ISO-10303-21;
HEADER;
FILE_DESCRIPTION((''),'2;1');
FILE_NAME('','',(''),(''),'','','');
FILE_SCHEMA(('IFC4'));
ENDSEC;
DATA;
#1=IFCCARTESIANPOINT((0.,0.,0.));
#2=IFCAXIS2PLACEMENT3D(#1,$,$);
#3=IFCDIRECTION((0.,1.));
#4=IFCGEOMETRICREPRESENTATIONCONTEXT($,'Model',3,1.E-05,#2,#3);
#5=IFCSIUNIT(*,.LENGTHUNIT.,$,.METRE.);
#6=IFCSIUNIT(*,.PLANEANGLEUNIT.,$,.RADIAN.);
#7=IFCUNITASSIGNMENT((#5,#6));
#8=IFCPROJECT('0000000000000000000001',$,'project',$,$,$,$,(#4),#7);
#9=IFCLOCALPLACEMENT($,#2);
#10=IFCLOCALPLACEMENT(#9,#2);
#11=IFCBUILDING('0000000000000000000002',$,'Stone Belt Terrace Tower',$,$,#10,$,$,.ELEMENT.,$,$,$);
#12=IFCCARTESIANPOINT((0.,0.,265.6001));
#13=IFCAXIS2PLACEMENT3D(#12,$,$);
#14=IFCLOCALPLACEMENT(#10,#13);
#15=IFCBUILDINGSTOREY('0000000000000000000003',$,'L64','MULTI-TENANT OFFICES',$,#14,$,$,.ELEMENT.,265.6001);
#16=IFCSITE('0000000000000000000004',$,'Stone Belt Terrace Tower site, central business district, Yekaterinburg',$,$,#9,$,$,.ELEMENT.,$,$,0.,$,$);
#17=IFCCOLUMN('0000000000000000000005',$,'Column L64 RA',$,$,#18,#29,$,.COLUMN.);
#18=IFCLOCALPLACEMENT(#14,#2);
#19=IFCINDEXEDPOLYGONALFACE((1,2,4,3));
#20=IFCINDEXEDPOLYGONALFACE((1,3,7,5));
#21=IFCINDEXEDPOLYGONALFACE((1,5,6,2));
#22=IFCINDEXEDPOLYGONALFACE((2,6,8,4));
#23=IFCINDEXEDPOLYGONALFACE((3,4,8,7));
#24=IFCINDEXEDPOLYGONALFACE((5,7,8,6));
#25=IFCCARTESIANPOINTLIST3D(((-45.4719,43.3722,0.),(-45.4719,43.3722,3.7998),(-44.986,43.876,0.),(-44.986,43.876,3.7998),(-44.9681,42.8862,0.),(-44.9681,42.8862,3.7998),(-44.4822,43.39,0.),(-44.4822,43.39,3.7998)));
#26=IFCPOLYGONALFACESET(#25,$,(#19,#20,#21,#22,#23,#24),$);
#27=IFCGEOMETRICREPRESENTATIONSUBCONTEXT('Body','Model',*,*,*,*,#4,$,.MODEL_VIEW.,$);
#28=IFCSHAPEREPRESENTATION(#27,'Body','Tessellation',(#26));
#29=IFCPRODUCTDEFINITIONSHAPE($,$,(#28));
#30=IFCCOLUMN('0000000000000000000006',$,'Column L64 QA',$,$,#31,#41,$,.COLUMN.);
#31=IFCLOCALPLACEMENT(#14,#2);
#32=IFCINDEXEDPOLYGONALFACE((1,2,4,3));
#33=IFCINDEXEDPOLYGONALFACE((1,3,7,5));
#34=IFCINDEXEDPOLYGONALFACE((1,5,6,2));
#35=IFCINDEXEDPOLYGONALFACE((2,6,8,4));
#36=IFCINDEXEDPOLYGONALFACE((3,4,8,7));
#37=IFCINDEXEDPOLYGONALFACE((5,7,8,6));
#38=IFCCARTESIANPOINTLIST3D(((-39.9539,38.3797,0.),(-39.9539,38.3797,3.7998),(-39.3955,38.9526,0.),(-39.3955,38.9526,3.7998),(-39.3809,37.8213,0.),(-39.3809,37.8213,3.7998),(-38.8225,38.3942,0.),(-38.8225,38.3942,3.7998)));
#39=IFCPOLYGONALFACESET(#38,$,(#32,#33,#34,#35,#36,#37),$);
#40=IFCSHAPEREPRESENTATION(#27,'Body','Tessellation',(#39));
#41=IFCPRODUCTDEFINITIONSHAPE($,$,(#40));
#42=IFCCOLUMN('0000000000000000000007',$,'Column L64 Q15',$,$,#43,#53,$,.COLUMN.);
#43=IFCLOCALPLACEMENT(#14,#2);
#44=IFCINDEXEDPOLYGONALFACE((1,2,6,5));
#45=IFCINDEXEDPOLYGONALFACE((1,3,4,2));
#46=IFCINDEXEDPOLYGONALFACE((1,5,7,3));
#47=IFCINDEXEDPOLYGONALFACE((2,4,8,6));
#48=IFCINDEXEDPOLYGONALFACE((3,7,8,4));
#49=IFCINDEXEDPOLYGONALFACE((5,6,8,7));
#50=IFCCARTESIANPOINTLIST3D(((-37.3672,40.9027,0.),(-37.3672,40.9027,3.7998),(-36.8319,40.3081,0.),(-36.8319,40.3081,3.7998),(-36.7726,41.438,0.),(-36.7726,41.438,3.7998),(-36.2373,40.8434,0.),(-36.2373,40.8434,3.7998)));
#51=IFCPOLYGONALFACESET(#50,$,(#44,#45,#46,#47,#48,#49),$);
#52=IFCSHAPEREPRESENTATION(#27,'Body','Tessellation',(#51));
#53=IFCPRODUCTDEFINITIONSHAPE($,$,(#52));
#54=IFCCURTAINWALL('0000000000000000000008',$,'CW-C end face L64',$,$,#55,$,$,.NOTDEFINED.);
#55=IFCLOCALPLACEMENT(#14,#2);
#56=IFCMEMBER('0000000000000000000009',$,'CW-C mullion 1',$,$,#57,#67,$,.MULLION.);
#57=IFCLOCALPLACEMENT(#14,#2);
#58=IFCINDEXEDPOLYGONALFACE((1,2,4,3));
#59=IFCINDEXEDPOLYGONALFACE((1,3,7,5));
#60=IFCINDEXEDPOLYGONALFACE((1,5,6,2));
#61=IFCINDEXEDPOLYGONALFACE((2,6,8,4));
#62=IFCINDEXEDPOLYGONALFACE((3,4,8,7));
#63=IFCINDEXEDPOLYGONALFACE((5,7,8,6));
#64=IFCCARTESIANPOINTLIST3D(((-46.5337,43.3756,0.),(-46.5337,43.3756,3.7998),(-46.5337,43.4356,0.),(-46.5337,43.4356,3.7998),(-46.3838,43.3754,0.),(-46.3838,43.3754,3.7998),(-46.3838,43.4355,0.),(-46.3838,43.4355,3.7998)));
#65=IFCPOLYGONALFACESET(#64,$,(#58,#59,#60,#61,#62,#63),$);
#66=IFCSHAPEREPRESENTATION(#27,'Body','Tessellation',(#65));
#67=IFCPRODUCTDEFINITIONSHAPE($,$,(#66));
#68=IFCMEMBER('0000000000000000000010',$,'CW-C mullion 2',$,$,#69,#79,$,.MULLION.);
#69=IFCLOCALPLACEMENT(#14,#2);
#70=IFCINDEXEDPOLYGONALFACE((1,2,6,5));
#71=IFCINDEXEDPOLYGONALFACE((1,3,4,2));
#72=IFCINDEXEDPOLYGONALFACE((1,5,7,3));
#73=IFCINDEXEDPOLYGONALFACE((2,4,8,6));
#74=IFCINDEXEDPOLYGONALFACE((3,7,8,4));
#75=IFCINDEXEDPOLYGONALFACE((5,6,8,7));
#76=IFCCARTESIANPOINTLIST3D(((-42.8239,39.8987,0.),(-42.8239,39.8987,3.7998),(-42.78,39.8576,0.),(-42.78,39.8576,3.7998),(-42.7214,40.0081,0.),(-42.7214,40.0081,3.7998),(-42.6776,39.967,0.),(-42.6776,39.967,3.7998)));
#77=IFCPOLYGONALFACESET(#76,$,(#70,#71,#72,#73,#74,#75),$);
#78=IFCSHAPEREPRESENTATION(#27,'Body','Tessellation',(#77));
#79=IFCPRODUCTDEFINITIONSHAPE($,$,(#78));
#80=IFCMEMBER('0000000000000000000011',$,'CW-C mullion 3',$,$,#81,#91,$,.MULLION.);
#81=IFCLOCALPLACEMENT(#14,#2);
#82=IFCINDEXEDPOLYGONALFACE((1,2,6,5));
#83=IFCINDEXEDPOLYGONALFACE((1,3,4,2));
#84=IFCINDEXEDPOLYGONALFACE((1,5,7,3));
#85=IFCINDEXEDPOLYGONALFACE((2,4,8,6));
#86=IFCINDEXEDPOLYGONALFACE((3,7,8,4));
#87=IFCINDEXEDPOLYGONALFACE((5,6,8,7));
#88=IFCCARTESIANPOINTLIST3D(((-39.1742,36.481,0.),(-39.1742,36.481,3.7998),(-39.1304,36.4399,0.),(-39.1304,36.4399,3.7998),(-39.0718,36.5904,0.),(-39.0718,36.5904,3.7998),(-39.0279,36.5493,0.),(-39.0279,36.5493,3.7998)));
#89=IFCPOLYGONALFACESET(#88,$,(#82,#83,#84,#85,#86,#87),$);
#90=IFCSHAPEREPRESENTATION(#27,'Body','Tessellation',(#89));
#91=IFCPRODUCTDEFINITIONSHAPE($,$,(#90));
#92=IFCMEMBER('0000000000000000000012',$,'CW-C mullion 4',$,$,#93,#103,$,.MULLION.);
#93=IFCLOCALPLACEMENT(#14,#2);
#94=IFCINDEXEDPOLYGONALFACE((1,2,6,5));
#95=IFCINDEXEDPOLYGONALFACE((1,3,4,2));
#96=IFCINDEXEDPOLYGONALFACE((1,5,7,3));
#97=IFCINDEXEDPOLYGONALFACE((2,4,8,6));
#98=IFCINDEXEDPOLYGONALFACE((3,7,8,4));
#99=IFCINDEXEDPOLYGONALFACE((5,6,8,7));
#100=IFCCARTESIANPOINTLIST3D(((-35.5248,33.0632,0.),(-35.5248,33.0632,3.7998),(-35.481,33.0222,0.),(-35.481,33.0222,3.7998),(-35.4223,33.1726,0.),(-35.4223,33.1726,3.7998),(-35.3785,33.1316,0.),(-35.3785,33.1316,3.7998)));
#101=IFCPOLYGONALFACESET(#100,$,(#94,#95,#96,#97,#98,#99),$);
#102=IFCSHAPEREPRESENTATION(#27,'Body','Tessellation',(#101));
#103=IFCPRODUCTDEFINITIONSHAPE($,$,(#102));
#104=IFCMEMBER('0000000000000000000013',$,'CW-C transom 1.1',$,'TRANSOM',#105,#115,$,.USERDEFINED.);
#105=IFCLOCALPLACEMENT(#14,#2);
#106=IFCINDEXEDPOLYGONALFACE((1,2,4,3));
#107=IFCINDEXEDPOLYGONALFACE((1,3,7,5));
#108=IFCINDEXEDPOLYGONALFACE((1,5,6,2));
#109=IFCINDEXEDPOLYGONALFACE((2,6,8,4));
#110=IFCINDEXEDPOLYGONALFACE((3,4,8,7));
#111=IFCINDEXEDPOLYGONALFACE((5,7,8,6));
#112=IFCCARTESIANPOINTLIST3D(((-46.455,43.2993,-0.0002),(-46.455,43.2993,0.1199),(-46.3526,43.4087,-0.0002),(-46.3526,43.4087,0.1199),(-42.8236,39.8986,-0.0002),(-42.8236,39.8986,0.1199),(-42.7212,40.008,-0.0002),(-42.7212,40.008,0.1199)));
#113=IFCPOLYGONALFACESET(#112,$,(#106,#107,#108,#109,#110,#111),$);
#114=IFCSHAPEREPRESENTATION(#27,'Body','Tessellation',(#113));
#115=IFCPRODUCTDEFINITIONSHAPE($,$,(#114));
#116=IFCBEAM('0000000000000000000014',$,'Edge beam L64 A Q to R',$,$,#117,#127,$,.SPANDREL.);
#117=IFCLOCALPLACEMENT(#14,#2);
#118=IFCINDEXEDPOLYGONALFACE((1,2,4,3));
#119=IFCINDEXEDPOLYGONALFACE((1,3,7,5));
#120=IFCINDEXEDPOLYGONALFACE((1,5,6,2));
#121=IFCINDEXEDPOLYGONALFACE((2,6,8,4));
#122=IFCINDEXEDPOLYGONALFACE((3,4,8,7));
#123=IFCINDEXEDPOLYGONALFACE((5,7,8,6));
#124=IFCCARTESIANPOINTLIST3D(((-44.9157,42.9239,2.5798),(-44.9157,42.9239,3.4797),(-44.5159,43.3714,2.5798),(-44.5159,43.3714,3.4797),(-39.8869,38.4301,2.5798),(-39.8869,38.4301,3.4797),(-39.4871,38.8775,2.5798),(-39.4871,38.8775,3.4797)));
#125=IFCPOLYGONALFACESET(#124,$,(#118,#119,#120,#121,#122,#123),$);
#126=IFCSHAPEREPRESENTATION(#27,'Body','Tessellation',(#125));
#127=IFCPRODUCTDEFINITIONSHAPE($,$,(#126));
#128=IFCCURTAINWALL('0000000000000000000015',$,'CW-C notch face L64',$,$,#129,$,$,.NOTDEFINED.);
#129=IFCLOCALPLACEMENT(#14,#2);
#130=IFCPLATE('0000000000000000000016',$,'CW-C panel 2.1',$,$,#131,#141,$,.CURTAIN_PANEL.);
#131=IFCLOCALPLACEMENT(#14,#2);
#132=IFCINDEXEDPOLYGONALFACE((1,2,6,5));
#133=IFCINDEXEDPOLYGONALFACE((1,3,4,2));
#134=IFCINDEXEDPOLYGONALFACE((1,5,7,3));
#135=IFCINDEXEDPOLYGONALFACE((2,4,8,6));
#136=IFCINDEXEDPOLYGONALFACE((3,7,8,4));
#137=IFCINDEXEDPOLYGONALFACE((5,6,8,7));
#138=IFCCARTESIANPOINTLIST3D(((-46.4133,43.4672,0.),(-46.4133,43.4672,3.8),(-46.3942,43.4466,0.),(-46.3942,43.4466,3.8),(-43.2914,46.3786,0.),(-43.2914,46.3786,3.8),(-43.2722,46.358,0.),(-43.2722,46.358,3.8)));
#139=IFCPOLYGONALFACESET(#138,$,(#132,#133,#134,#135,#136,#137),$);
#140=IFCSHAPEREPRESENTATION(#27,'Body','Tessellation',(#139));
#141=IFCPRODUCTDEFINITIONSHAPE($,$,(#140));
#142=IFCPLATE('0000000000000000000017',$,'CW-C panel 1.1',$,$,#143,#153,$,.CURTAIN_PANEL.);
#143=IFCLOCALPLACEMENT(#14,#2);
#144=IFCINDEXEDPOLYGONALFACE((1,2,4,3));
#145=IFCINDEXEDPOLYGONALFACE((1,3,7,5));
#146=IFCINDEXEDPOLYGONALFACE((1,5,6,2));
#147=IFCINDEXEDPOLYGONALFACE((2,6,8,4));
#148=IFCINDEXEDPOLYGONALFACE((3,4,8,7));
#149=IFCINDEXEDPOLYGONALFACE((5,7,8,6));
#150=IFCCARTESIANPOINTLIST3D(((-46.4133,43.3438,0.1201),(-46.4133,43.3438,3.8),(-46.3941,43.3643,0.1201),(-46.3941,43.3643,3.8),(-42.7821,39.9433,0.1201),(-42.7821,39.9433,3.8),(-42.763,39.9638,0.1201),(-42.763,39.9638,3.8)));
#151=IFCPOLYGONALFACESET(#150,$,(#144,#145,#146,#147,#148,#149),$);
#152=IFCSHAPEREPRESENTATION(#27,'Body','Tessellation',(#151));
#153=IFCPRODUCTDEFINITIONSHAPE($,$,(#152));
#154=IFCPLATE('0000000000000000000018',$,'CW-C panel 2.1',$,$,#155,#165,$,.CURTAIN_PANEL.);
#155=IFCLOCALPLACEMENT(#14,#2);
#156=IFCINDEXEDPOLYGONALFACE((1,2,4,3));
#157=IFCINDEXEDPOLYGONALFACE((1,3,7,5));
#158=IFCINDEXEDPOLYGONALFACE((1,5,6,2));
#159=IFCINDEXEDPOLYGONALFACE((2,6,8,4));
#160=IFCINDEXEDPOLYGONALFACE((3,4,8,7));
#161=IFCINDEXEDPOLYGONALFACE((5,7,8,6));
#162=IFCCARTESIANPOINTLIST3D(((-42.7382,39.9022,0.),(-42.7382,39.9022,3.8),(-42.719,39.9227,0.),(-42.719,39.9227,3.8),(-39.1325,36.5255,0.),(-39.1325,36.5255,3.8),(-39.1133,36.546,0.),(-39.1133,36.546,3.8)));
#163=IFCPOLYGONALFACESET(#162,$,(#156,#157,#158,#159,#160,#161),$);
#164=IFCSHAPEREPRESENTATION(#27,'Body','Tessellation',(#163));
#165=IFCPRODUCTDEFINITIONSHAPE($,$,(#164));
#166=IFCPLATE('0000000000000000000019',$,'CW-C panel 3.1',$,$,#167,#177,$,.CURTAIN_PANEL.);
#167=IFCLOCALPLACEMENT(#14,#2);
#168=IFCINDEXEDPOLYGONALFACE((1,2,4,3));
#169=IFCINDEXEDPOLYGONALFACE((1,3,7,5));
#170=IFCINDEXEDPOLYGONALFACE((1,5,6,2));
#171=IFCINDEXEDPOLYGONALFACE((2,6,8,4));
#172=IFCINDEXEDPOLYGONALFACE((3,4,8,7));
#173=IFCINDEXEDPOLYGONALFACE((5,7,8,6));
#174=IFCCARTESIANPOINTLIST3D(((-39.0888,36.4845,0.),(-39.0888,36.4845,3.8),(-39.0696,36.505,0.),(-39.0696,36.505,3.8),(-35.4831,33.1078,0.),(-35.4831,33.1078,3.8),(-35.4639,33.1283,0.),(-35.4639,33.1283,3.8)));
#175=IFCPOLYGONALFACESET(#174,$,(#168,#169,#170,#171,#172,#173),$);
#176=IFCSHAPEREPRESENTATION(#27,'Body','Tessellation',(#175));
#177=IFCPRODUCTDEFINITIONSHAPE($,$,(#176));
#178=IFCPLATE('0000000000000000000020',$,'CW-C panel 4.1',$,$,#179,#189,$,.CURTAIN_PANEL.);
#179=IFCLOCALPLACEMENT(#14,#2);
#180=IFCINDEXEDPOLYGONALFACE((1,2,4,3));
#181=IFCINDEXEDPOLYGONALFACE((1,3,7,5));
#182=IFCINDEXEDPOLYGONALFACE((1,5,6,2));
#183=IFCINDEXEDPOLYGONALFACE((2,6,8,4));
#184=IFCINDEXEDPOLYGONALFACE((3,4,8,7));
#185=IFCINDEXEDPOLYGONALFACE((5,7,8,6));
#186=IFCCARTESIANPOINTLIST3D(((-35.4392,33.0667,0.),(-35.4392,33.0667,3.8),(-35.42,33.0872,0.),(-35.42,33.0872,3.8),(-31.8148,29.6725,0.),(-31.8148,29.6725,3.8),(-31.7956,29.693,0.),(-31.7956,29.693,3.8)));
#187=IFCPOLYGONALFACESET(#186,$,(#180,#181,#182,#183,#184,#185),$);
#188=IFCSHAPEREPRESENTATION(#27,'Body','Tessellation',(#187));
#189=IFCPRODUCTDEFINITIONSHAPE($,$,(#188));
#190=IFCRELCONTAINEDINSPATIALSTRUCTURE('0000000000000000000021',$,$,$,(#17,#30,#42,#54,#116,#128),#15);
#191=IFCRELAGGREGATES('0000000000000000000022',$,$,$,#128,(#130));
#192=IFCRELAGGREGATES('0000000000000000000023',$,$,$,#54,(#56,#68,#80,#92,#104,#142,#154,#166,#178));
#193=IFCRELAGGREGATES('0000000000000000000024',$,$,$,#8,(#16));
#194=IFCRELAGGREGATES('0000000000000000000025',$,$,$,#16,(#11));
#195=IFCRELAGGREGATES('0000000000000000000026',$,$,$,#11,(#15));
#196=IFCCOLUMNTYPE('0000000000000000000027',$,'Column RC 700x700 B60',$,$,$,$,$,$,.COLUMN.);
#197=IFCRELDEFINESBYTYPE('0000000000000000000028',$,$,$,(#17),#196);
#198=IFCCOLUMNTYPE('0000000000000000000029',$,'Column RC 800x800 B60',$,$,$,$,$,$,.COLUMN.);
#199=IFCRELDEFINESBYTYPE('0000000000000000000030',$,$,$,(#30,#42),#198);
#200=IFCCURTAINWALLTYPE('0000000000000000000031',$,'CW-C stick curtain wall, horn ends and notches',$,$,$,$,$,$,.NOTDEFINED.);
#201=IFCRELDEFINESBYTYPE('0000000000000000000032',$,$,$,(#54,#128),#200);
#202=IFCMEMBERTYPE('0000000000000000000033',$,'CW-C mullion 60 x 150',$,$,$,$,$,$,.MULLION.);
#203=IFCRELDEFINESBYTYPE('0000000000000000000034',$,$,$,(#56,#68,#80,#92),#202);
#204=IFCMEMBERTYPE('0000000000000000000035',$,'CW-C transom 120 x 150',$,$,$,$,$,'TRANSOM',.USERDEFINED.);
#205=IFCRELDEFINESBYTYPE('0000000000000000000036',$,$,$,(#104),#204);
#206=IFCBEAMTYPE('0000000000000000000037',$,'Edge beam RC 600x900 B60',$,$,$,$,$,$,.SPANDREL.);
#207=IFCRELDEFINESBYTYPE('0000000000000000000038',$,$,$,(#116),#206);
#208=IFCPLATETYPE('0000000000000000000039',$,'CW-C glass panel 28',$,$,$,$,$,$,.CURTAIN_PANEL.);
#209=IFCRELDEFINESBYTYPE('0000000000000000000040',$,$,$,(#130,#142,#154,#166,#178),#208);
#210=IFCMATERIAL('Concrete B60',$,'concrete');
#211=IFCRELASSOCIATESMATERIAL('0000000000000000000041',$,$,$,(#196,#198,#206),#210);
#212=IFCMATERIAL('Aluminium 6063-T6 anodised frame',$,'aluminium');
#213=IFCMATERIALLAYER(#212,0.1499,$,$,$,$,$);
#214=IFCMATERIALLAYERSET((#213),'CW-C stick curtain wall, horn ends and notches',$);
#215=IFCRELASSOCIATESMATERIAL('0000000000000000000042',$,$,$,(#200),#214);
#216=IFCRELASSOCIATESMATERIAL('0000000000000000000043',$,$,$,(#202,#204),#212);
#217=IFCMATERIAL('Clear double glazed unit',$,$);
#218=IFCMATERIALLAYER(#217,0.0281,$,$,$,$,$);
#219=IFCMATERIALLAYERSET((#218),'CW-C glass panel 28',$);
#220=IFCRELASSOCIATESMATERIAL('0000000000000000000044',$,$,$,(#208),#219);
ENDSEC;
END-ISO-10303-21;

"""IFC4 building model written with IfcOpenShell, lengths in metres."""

from ifc_helpers import new_model, si_unit, direction, frame, origin, origin_2d, place, context, subcontext, project, spatial, rectangle, extrude, material, layer, layer_set, material_profile, profile_set, type_object, element, aggregate, save


model = new_model("IFC4")

# Units and contexts
model_context = context("Model", 3, precision=1e-05, world=origin(), true_north=direction((0.0, 1.0)))
body_context = subcontext(model_context, "Body", "Model", "MODEL_VIEW")
ifc_project = project(units=[si_unit("LENGTHUNIT", "METRE"), si_unit("PLANEANGLEUNIT", "RADIAN")], contexts=[model_context])

# Site, building, storey
site_placement = place(None, origin())
site = spatial("IfcSite", under=ifc_project, at=site_placement, Name="Stone Belt Terrace Tower site, central business district, Yekaterinburg", CompositionType="ELEMENT", RefElevation=0.0)
building_placement = place(site_placement, origin())
building = spatial("IfcBuilding", under=site, at=building_placement, Name="Stone Belt Terrace Tower", CompositionType="ELEMENT")
storey_placement = place(building_placement, frame((0.0, 0.0, 265.6001)))
storey = spatial("IfcBuildingStorey", under=building, at=storey_placement, Name="L64", Description="MULTI-TENANT OFFICES", CompositionType="ELEMENT", Elevation=265.6001)

# Columns
ifc_material_1 = material(Name="Concrete B60", Category="concrete")
ifc_material_profile_1 = material_profile(ifc_material_1, rectangle(XDim=0.7, YDim=0.7, at=origin_2d()), Name="RC 700x700")
ifc_profile_set_1 = profile_set([ifc_material_profile_1], Name="Concrete B60")
column_type_1 = type_object("IfcColumnType", Name="Column RC 700x700 B60", PredefinedType="COLUMN", material=ifc_profile_set_1)
column_placement = place(storey_placement, frame((-44.9771, 43.3811, 0.0), z_axis=(0.0, 0.0, 1.0), x_axis=(0.694221, 0.719762, 0.0)))
element("IfcColumn", 1, at=column_placement, inside=storey, type_object=column_type_1, Name="Column L64 RA", PredefinedType="COLUMN", context=body_context, shape_type="SweptSolid", body=[
    extrude(rectangle(XDim=0.7, YDim=0.7, at=origin_2d()), origin(), (0.0, 0.0, 1.0), 3.7998),
])
ifc_material_profile_2 = material_profile(ifc_material_1, rectangle(XDim=0.8, YDim=0.8, at=origin_2d()), Name="RC 800x800")
ifc_profile_set_2 = profile_set([ifc_material_profile_2], Name="Concrete B60")
column_type_2 = type_object("IfcColumnType", Name="Column RC 800x800 B60", PredefinedType="COLUMN", material=ifc_profile_set_2)
for number, where, z_axis, x_axis, name in (
    (2, (-39.3882, 38.387, 0.0), (0.0, 0.0, 1.0), (0.697944, 0.716152, 0.0), "Column L64 QA"),
    (3, (-36.8022, 40.873, 0.0), (0.0, 0.0, 1.0), (0.743145, 0.669131, 0.0), "Column L64 Q15"),
):
    element("IfcColumn", number, at=place(storey_placement, frame(where, z_axis=z_axis, x_axis=x_axis)), inside=storey, type_object=column_type_2, Name=name, PredefinedType="COLUMN", context=body_context, shape_type="SweptSolid", body=[
        extrude(rectangle(XDim=0.8, YDim=0.8, at=origin_2d()), origin(), (0.0, 0.0, 1.0), 3.7998),
    ])

# Curtain wall, members
ifc_material_2 = material(Name="Aluminium 6063-T6 anodised frame", Category="aluminium")
ifc_layer_1 = layer(ifc_material_2, 0.1499)
ifc_layer_set_1 = layer_set([ifc_layer_1], Name="CW-C stick curtain wall, horn ends and notches")
curtain_wall_type = type_object("IfcCurtainWallType", Name="CW-C stick curtain wall, horn ends and notches", PredefinedType="NOTDEFINED", material=ifc_layer_set_1)
curtain_wall_1_placement = place(storey_placement, origin())
curtain_wall_1 = element("IfcCurtainWall", 4, at=curtain_wall_1_placement, inside=storey, type_object=curtain_wall_type, Name="CW-C end face L64", PredefinedType="NOTDEFINED")
ifc_material_profile_3 = material_profile(ifc_material_2, rectangle(XDim=0.1499, YDim=0.0601, at=origin_2d()), Name="Aluminium 6063-T6 60x150")
ifc_profile_set_3 = profile_set([ifc_material_profile_3], Name="Aluminium 6063-T6 anodised frame")
member_type_1 = type_object("IfcMemberType", Name="CW-C mullion 60 x 150", PredefinedType="MULLION", material=ifc_profile_set_3)
member_1_placement = place(storey_placement, frame((-46.4587, 43.4055, 0.0), z_axis=(0.0, 0.0, 1.0), x_axis=(0.999999, -0.001051, 0.0)))
member_1 = element("IfcMember", 5, at=member_1_placement, type_object=member_type_1, Name="CW-C mullion 1", PredefinedType="MULLION", context=body_context, shape_type="SweptSolid", body=[
    extrude(rectangle(XDim=0.1499, YDim=0.0601, at=origin_2d()), origin(), (0.0, 0.0, 1.0), 3.7998),
])
member_2_placement = place(storey_placement, frame((-42.7507, 39.9329, 0.0), z_axis=(0.0, 0.0, 1.0), x_axis=(0.683549, 0.729904, 0.0)))
member_2 = element("IfcMember", 6, at=member_2_placement, type_object=member_type_1, Name="CW-C mullion 2", PredefinedType="MULLION", context=body_context, shape_type="SweptSolid", body=[
    extrude(rectangle(XDim=0.1499, YDim=0.0601, at=origin_2d()), origin(), (0.0, 0.0, 1.0), 3.7998),
])
member_3_placement = place(storey_placement, frame((-39.1011, 36.5151, 0.0), z_axis=(0.0, 0.0, 1.0), x_axis=(0.683549, 0.729904, 0.0)))
member_3 = element("IfcMember", 7, at=member_3_placement, type_object=member_type_1, Name="CW-C mullion 3", PredefinedType="MULLION", context=body_context, shape_type="SweptSolid", body=[
    extrude(rectangle(XDim=0.1499, YDim=0.0601, at=origin_2d()), origin(), (0.0, 0.0, 1.0), 3.7998),
])
member_4_placement = place(storey_placement, frame((-35.4517, 33.0974, 0.0), z_axis=(0.0, 0.0, 1.0), x_axis=(0.683549, 0.729904, 0.0)))
member_4 = element("IfcMember", 8, at=member_4_placement, type_object=member_type_1, Name="CW-C mullion 4", PredefinedType="MULLION", context=body_context, shape_type="SweptSolid", body=[
    extrude(rectangle(XDim=0.1499, YDim=0.0601, at=origin_2d()), origin(), (0.0, 0.0, 1.0), 3.7998),
])
ifc_material_profile_4 = material_profile(ifc_material_2, rectangle(XDim=0.1499, YDim=0.1201, at=origin_2d()), Name="Aluminium 6063-T6 150x120")
ifc_profile_set_4 = profile_set([ifc_material_profile_4], Name="Aluminium 6063-T6 anodised frame")
member_type_2 = type_object("IfcMemberType", Name="CW-C transom 120 x 150", ElementType="TRANSOM", PredefinedType="USERDEFINED", material=ifc_profile_set_4)
member_5_placement = place(storey_placement, frame((-46.4038, 43.354, 0.0598), z_axis=(0.729914, -0.683539, 0.0), x_axis=(0.683539, 0.729914, 0.0)))
member_5 = element("IfcMember", 9, at=member_5_placement, type_object=member_type_2, Name="CW-C transom 1.1", ObjectType="TRANSOM", PredefinedType="USERDEFINED", context=body_context, shape_type="SweptSolid", body=[
    extrude(rectangle(XDim=0.1499, YDim=0.1201, at=origin_2d()), origin(), (0.0, 0.0, 1.0), 4.9751),
])

# Beam
ifc_material_profile_5 = material_profile(ifc_material_1, rectangle(XDim=0.6001, YDim=0.8999, at=origin_2d()), Name="RC 600x900")
ifc_profile_set_5 = profile_set([ifc_material_profile_5], Name="Concrete B60")
beam_type = type_object("IfcBeamType", Name="Edge beam RC 600x900 B60", PredefinedType="SPANDREL", material=ifc_profile_set_5)
beam_placement = place(storey_placement, frame((-39.687, 38.6538, 3.0298), z_axis=(-0.745651, 0.666337, 0.0), x_axis=(-0.666337, -0.745651, 0.0)))
element("IfcBeam", 10, at=beam_placement, inside=storey, type_object=beam_type, Name="Edge beam L64 A Q to R", PredefinedType="SPANDREL", context=body_context, shape_type="SweptSolid", body=[
    extrude(rectangle(XDim=0.6001, YDim=0.8999, at=origin_2d()), origin(), (0.0, 0.0, 1.0), 6.7441),
])

# Curtain wall, plate
curtain_wall_2_placement = place(storey_placement, origin())
curtain_wall_2 = element("IfcCurtainWall", 11, at=curtain_wall_2_placement, inside=storey, type_object=curtain_wall_type, Name="CW-C notch face L64", PredefinedType="NOTDEFINED")
ifc_material_3 = material(Name="Clear double glazed unit")
ifc_layer_2 = layer(ifc_material_3, 0.0281)
ifc_layer_set_2 = layer_set([ifc_layer_2], Name="CW-C glass panel 28")
plate_type = type_object("IfcPlateType", Name="CW-C glass panel 28", PredefinedType="CURTAIN_PANEL", material=ifc_layer_set_2)
plate_1_placement = place(storey_placement, frame((-44.8428, 44.9126, 0.0), z_axis=(0.0, 0.0, 1.0), x_axis=(-0.731339, -0.682014, 0.0)))
plate_1 = element("IfcPlate", 12, at=plate_1_placement, type_object=plate_type, Name="CW-C panel 2.1", PredefinedType="CURTAIN_PANEL", context=body_context, shape_type="SweptSolid", body=[
    extrude(rectangle(XDim=4.2688, YDim=0.0281, at=origin_2d()), origin(), (0.0, 0.0, 1.0), 3.8),
])
aggregate(curtain_wall_2, [plate_1])

# Plates
plate_2_placement = place(storey_placement, frame((-44.5881, 41.6538, 0.1201), z_axis=(0.0, 0.0, 1.0), x_axis=(0.729904, -0.683549, 0.0)))
plate_2 = element("IfcPlate", 13, at=plate_2_placement, type_object=plate_type, Name="CW-C panel 1.1", PredefinedType="CURTAIN_PANEL", context=body_context, shape_type="SweptSolid", body=[
    extrude(rectangle(XDim=4.9749, YDim=0.0281, at=origin_2d()), origin(), (0.0, 0.0, 1.0), 3.6799),
])
plate_3_placement = place(storey_placement, frame((-40.9258, 38.2241, 0.0), z_axis=(0.0, 0.0, 1.0), x_axis=(0.729904, -0.683549, 0.0)))
plate_3 = element("IfcPlate", 14, at=plate_3_placement, type_object=plate_type, Name="CW-C panel 2.1", PredefinedType="CURTAIN_PANEL", context=body_context, shape_type="SweptSolid", body=[
    extrude(rectangle(XDim=4.9399, YDim=0.0281, at=origin_2d()), origin(), (0.0, 0.0, 1.0), 3.8),
])
plate_4_placement = place(storey_placement, frame((-37.2764, 34.8064, 0.0), z_axis=(0.0, 0.0, 1.0), x_axis=(0.729904, -0.683549, 0.0)))
plate_4 = element("IfcPlate", 15, at=plate_4_placement, type_object=plate_type, Name="CW-C panel 3.1", PredefinedType="CURTAIN_PANEL", context=body_context, shape_type="SweptSolid", body=[
    extrude(rectangle(XDim=4.9399, YDim=0.0281, at=origin_2d()), origin(), (0.0, 0.0, 1.0), 3.8),
])
plate_5_placement = place(storey_placement, frame((-33.6174, 31.3799, 0.0), z_axis=(0.0, 0.0, 1.0), x_axis=(0.729904, -0.683549, 0.0)))
plate_5 = element("IfcPlate", 16, at=plate_5_placement, type_object=plate_type, Name="CW-C panel 4.1", PredefinedType="CURTAIN_PANEL", context=body_context, shape_type="SweptSolid", body=[
    extrude(rectangle(XDim=4.9656, YDim=0.0281, at=origin_2d()), origin(), (0.0, 0.0, 1.0), 3.8),
])
aggregate(curtain_wall_1, [member_1, member_2, member_3, member_4, member_5, plate_2, plate_3, plate_4, plate_5])

save(model, "model.ifc")
